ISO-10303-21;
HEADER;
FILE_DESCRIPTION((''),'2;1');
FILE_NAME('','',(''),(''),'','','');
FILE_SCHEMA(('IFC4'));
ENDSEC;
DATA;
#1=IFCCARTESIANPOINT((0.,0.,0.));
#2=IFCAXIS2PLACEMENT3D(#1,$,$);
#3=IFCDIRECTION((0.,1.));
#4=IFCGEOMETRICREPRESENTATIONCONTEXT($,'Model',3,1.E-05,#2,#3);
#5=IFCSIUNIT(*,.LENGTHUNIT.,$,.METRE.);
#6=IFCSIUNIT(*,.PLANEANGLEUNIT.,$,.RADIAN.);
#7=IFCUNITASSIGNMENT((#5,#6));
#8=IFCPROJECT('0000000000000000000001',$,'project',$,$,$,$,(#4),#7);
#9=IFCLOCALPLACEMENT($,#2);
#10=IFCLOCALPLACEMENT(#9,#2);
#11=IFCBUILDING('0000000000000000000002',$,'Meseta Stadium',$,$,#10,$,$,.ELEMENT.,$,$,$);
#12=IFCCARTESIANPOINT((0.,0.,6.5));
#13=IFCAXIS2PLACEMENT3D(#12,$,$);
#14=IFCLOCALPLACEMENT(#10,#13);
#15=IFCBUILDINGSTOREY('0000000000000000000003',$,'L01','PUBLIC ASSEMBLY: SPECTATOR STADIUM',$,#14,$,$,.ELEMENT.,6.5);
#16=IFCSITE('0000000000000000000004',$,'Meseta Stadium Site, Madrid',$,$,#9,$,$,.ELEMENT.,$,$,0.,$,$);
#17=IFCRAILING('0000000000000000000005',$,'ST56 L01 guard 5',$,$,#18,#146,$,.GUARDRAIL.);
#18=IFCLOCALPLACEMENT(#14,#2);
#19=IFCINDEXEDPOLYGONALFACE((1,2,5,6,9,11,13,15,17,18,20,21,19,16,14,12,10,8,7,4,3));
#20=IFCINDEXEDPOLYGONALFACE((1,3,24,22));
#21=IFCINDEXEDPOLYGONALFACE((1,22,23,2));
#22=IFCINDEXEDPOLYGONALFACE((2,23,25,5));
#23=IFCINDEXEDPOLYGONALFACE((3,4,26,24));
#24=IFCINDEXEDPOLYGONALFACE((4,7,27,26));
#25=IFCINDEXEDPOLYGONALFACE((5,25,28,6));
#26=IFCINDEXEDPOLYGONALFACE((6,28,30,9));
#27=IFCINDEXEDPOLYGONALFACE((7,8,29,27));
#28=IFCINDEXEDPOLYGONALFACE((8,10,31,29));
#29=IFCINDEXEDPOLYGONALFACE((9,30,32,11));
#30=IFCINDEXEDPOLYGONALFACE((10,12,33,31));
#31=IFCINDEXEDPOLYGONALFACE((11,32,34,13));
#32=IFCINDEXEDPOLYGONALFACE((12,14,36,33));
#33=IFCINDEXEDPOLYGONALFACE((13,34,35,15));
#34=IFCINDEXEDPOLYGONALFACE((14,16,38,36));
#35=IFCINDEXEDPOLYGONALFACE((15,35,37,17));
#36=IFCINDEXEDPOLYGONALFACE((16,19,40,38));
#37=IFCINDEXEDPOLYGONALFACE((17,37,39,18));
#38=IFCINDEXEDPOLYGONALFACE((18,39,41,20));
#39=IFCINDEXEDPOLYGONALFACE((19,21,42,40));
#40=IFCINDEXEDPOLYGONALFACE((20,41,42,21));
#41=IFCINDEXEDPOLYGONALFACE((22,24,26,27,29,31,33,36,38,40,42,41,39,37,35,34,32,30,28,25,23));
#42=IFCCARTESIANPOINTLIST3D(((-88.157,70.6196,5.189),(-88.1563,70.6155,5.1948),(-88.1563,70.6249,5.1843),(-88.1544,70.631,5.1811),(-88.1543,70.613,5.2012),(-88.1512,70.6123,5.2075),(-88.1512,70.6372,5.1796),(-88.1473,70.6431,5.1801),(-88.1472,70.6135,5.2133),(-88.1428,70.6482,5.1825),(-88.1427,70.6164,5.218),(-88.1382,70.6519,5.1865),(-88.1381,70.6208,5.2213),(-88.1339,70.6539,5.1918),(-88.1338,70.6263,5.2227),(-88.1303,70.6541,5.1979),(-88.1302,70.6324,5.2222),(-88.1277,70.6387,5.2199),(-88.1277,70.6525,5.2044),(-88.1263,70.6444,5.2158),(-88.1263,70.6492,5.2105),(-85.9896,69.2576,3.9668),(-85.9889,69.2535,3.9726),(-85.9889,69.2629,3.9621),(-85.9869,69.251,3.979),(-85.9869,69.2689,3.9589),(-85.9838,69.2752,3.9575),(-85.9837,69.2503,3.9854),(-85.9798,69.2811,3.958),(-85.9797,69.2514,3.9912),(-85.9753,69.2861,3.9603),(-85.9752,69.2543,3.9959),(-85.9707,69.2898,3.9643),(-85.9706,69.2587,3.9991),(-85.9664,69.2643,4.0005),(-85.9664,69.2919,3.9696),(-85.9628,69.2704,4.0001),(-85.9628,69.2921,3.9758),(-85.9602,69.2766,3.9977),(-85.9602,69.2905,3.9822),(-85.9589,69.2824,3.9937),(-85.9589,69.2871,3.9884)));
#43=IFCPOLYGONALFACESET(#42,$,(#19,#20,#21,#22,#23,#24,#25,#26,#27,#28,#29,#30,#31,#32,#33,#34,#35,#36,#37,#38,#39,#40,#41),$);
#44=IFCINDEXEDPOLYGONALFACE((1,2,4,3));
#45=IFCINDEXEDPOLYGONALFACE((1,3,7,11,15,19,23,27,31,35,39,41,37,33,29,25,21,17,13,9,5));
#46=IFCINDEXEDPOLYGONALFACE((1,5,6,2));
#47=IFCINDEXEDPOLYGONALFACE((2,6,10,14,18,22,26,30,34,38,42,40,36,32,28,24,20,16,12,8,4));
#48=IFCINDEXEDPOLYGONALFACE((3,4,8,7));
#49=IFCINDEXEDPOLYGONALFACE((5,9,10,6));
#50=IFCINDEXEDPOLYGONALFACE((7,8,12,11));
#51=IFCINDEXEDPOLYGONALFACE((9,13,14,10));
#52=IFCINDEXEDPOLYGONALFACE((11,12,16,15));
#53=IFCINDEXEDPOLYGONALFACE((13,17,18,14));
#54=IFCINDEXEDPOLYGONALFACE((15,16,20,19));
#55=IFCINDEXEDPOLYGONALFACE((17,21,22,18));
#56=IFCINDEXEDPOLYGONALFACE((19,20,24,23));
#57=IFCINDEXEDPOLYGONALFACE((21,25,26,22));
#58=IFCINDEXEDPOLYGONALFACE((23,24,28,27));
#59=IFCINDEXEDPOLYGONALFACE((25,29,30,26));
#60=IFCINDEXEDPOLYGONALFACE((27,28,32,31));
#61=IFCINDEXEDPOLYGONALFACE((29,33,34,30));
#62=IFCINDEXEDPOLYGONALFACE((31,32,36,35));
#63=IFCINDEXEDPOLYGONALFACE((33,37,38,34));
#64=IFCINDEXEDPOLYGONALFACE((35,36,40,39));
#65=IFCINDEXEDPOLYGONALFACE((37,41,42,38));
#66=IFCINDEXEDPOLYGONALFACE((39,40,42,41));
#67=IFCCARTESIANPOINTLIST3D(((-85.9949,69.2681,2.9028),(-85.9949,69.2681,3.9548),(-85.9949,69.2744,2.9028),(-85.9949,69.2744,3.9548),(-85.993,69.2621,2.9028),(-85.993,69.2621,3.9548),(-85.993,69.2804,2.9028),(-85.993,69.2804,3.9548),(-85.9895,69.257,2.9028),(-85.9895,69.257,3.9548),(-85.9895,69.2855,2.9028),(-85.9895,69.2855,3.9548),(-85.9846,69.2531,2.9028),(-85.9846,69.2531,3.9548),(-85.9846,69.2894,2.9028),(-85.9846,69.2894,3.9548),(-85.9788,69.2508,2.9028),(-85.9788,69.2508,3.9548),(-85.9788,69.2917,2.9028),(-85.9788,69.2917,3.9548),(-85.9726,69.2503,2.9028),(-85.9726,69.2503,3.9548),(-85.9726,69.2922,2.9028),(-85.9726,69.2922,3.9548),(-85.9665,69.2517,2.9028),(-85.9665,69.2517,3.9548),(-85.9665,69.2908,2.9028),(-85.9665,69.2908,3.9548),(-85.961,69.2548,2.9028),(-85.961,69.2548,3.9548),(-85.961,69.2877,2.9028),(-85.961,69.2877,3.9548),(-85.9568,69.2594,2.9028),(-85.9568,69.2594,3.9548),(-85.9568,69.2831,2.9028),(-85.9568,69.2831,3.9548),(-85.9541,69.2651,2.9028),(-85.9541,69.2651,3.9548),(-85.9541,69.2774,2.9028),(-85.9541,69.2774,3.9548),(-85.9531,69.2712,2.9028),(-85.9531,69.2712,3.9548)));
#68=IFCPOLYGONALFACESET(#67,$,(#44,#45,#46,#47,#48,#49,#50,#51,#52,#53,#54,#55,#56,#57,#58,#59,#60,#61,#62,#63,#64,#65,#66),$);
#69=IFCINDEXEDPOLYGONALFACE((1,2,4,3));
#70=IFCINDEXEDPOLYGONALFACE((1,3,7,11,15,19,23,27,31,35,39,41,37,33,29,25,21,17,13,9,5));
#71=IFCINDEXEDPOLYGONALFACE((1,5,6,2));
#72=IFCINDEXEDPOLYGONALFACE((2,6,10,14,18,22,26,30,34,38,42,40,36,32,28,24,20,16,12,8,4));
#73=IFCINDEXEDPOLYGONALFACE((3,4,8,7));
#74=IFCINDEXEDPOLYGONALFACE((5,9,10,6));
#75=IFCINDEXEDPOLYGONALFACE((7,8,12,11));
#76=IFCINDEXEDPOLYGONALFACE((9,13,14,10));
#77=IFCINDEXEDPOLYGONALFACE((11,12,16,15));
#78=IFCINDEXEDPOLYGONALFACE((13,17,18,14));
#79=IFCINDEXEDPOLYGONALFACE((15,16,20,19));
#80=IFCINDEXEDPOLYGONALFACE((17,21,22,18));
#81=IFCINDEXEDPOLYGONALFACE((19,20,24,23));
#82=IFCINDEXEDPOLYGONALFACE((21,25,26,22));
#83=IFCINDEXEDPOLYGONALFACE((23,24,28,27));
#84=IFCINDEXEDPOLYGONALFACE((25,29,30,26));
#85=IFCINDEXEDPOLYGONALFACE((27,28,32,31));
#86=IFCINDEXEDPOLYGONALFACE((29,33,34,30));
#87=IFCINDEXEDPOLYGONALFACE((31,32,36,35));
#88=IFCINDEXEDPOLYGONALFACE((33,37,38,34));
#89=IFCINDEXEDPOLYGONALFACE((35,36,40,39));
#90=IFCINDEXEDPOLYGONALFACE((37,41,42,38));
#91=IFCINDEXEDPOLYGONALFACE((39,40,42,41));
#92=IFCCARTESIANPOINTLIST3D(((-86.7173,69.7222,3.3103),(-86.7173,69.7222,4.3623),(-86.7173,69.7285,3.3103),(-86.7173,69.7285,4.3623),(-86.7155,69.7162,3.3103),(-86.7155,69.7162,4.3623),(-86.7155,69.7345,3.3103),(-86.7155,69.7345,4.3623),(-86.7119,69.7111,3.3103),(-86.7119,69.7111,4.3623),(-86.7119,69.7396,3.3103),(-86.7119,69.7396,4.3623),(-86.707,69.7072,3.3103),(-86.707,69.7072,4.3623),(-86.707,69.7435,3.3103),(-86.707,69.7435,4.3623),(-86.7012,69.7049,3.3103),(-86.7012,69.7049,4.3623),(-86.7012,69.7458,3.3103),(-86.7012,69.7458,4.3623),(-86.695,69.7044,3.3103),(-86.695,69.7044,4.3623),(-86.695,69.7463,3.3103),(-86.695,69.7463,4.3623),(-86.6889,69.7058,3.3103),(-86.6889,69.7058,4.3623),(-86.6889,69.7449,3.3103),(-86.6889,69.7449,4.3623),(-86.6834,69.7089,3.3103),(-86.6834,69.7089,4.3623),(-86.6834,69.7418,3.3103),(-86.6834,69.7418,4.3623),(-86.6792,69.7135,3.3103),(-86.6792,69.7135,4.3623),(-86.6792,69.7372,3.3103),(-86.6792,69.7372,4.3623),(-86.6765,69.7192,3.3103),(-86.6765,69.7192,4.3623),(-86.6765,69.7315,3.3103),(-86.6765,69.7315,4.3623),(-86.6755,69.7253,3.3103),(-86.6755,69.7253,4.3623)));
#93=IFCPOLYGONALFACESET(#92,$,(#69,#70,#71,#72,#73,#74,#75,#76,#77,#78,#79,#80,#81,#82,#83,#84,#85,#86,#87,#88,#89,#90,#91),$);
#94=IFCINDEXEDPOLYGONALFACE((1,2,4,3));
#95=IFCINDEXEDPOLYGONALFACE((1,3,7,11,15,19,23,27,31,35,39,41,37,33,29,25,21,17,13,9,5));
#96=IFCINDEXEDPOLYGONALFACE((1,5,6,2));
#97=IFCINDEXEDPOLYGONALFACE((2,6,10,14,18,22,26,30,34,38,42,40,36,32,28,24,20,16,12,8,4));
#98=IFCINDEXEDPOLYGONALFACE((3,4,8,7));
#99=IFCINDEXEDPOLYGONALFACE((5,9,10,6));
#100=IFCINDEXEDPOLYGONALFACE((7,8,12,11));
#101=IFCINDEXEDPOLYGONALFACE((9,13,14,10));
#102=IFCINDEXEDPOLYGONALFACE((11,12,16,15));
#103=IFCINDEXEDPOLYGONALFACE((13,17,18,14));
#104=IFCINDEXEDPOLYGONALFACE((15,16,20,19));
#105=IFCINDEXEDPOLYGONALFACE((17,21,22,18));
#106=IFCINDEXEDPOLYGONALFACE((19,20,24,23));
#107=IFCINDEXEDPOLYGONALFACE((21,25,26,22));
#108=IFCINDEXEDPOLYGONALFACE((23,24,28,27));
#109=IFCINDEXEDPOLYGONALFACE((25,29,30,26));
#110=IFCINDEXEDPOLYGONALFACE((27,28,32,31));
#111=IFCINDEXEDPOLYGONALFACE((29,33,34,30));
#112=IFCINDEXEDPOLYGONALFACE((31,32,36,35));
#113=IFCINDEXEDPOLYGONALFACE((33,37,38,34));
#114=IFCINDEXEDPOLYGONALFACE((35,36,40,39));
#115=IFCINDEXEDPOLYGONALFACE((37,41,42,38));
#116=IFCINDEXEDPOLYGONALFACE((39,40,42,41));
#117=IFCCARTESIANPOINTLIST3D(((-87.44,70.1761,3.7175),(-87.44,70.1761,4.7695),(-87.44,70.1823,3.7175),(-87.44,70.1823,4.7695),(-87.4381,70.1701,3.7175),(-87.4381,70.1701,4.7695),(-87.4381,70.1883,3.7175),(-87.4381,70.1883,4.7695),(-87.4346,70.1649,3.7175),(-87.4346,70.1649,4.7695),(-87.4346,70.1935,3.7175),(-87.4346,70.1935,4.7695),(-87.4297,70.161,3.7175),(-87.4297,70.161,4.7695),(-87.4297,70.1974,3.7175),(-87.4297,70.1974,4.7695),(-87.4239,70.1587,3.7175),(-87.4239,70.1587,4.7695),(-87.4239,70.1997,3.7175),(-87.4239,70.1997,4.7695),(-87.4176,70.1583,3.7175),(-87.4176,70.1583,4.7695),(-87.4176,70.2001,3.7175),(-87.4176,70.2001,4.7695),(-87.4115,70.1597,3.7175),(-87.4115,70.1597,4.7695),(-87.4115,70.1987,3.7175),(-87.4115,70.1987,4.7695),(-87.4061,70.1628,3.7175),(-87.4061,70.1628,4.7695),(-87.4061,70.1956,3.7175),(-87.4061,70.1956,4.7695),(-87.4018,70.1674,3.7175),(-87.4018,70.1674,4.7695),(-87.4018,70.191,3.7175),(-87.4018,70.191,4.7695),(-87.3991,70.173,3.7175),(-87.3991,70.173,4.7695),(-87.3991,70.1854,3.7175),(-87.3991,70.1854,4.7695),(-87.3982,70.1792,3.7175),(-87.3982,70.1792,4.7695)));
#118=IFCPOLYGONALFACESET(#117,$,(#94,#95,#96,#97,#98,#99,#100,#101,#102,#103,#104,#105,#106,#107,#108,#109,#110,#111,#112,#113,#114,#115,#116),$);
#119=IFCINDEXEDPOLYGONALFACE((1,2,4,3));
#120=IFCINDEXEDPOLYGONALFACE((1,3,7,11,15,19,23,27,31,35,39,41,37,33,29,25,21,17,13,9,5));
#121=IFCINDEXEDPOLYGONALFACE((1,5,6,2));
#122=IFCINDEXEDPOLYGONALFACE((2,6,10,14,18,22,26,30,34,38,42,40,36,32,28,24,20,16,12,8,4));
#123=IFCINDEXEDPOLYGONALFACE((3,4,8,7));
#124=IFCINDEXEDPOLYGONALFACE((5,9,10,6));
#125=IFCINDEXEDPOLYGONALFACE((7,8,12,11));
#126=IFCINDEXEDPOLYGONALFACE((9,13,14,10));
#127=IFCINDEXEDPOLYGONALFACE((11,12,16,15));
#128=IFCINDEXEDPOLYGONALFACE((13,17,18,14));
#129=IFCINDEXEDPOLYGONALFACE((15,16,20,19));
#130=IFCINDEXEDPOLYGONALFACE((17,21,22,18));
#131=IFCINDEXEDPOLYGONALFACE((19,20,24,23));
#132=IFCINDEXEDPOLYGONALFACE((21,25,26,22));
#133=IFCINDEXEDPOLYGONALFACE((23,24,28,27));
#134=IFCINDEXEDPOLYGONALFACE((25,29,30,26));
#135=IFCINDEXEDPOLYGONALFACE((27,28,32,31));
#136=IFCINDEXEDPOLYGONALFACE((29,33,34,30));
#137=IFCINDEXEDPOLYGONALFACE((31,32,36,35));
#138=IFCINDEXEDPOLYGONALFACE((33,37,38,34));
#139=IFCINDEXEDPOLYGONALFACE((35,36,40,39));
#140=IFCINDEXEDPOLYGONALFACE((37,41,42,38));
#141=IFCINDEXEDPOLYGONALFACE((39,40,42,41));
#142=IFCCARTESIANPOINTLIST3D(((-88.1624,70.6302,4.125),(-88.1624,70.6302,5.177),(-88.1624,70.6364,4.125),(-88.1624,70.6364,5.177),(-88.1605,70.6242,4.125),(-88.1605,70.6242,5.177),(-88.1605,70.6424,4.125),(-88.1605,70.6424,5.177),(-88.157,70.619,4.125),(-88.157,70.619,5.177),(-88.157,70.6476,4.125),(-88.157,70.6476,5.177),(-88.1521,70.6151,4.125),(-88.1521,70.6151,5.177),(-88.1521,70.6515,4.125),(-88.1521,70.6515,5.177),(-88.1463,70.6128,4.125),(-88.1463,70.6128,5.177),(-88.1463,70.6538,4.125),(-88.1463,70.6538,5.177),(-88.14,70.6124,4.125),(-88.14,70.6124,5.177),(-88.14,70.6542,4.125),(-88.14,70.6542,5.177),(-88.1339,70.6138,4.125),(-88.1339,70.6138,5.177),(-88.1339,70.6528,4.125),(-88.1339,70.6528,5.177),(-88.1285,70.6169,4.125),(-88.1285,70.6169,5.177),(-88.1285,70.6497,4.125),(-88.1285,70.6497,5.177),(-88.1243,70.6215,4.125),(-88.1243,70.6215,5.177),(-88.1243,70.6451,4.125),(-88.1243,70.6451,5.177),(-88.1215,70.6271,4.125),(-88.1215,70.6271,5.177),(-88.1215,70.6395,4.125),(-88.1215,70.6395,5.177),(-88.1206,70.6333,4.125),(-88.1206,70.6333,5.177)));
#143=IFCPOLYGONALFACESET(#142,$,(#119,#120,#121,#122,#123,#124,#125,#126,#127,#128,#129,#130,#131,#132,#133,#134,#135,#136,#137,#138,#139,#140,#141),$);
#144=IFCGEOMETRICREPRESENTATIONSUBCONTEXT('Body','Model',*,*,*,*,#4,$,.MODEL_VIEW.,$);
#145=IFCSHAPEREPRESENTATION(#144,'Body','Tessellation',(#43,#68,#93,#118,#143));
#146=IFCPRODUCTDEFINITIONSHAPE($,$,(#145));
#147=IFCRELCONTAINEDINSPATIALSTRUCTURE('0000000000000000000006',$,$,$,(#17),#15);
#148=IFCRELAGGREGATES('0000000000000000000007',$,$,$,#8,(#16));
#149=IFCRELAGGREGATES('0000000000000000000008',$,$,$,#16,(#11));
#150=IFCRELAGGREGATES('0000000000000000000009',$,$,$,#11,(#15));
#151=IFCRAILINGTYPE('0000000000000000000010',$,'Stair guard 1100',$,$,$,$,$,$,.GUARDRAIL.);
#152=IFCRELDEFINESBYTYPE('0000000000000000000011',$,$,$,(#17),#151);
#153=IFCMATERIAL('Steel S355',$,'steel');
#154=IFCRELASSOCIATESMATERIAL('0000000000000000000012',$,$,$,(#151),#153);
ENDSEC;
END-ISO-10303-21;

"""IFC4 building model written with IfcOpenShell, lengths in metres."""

from ifc_helpers import new_model, si_unit, direction, frame, origin, origin_2d, place, context, subcontext, project, spatial, circle, extrude, material, type_object, element, save


model = new_model("IFC4")

# Units and contexts
model_context = context("Model", 3, precision=1e-05, world=origin(), true_north=direction((0.0, 1.0)))
body_context = subcontext(model_context, "Body", "Model", "MODEL_VIEW")
ifc_project = project(units=[si_unit("LENGTHUNIT", "METRE"), si_unit("PLANEANGLEUNIT", "RADIAN")], contexts=[model_context])

# Site, building, storey
site_placement = place(None, origin())
site = spatial("IfcSite", under=ifc_project, at=site_placement, Name="Meseta Stadium Site, Madrid", CompositionType="ELEMENT", RefElevation=0.0)
building_placement = place(site_placement, origin())
building = spatial("IfcBuilding", under=site, at=building_placement, Name="Meseta Stadium", CompositionType="ELEMENT")
storey_placement = place(building_placement, frame((0.0, 0.0, 6.5)))
storey = spatial("IfcBuildingStorey", under=building, at=storey_placement, Name="L01", Description="PUBLIC ASSEMBLY: SPECTATOR STADIUM", CompositionType="ELEMENT", Elevation=6.5)

# Railing
ifc_material_1 = material(Name="Steel S355", Category="steel")
railing_type_1 = type_object("IfcRailingType", Name="Stair guard 1100", PredefinedType="GUARDRAIL", material=ifc_material_1)
for number, where, name in (
    (1, (-85.9741, 69.2712, 2.9028), "ST56 L01 guard 5"),
):
    element("IfcRailing", number, at=place(storey_placement, frame(where)), inside=storey, type_object=railing_type_1, Name=name, PredefinedType="GUARDRAIL", context=body_context, shape_type="SweptSolid", body=[
        extrude(circle(Radius=0.0239, at=origin_2d()), frame((0.0, 0.0, 1.0762), z_axis=(-0.764085, 0.480156, 0.430841), x_axis=(-0.532072, -0.846699, 0.0)), (0.0, 0.0, 1.0), 2.8367),
        extrude(circle(Radius=0.021, at=origin_2d()), origin(), (0.0, 0.0, 1.0), 1.052),
        extrude(circle(Radius=0.021, at=origin_2d()), frame((-0.7224, 0.4541, 0.4075)), (0.0, 0.0, 1.0), 1.052),
        extrude(circle(Radius=0.021, at=origin_2d()), frame((-1.4451, 0.908, 0.8147)), (0.0, 0.0, 1.0), 1.052),
        extrude(circle(Radius=0.021, at=origin_2d()), frame((-2.1675, 1.3621, 1.2222)), (0.0, 0.0, 1.0), 1.052),
    ])

save(model, "model.ifc")
